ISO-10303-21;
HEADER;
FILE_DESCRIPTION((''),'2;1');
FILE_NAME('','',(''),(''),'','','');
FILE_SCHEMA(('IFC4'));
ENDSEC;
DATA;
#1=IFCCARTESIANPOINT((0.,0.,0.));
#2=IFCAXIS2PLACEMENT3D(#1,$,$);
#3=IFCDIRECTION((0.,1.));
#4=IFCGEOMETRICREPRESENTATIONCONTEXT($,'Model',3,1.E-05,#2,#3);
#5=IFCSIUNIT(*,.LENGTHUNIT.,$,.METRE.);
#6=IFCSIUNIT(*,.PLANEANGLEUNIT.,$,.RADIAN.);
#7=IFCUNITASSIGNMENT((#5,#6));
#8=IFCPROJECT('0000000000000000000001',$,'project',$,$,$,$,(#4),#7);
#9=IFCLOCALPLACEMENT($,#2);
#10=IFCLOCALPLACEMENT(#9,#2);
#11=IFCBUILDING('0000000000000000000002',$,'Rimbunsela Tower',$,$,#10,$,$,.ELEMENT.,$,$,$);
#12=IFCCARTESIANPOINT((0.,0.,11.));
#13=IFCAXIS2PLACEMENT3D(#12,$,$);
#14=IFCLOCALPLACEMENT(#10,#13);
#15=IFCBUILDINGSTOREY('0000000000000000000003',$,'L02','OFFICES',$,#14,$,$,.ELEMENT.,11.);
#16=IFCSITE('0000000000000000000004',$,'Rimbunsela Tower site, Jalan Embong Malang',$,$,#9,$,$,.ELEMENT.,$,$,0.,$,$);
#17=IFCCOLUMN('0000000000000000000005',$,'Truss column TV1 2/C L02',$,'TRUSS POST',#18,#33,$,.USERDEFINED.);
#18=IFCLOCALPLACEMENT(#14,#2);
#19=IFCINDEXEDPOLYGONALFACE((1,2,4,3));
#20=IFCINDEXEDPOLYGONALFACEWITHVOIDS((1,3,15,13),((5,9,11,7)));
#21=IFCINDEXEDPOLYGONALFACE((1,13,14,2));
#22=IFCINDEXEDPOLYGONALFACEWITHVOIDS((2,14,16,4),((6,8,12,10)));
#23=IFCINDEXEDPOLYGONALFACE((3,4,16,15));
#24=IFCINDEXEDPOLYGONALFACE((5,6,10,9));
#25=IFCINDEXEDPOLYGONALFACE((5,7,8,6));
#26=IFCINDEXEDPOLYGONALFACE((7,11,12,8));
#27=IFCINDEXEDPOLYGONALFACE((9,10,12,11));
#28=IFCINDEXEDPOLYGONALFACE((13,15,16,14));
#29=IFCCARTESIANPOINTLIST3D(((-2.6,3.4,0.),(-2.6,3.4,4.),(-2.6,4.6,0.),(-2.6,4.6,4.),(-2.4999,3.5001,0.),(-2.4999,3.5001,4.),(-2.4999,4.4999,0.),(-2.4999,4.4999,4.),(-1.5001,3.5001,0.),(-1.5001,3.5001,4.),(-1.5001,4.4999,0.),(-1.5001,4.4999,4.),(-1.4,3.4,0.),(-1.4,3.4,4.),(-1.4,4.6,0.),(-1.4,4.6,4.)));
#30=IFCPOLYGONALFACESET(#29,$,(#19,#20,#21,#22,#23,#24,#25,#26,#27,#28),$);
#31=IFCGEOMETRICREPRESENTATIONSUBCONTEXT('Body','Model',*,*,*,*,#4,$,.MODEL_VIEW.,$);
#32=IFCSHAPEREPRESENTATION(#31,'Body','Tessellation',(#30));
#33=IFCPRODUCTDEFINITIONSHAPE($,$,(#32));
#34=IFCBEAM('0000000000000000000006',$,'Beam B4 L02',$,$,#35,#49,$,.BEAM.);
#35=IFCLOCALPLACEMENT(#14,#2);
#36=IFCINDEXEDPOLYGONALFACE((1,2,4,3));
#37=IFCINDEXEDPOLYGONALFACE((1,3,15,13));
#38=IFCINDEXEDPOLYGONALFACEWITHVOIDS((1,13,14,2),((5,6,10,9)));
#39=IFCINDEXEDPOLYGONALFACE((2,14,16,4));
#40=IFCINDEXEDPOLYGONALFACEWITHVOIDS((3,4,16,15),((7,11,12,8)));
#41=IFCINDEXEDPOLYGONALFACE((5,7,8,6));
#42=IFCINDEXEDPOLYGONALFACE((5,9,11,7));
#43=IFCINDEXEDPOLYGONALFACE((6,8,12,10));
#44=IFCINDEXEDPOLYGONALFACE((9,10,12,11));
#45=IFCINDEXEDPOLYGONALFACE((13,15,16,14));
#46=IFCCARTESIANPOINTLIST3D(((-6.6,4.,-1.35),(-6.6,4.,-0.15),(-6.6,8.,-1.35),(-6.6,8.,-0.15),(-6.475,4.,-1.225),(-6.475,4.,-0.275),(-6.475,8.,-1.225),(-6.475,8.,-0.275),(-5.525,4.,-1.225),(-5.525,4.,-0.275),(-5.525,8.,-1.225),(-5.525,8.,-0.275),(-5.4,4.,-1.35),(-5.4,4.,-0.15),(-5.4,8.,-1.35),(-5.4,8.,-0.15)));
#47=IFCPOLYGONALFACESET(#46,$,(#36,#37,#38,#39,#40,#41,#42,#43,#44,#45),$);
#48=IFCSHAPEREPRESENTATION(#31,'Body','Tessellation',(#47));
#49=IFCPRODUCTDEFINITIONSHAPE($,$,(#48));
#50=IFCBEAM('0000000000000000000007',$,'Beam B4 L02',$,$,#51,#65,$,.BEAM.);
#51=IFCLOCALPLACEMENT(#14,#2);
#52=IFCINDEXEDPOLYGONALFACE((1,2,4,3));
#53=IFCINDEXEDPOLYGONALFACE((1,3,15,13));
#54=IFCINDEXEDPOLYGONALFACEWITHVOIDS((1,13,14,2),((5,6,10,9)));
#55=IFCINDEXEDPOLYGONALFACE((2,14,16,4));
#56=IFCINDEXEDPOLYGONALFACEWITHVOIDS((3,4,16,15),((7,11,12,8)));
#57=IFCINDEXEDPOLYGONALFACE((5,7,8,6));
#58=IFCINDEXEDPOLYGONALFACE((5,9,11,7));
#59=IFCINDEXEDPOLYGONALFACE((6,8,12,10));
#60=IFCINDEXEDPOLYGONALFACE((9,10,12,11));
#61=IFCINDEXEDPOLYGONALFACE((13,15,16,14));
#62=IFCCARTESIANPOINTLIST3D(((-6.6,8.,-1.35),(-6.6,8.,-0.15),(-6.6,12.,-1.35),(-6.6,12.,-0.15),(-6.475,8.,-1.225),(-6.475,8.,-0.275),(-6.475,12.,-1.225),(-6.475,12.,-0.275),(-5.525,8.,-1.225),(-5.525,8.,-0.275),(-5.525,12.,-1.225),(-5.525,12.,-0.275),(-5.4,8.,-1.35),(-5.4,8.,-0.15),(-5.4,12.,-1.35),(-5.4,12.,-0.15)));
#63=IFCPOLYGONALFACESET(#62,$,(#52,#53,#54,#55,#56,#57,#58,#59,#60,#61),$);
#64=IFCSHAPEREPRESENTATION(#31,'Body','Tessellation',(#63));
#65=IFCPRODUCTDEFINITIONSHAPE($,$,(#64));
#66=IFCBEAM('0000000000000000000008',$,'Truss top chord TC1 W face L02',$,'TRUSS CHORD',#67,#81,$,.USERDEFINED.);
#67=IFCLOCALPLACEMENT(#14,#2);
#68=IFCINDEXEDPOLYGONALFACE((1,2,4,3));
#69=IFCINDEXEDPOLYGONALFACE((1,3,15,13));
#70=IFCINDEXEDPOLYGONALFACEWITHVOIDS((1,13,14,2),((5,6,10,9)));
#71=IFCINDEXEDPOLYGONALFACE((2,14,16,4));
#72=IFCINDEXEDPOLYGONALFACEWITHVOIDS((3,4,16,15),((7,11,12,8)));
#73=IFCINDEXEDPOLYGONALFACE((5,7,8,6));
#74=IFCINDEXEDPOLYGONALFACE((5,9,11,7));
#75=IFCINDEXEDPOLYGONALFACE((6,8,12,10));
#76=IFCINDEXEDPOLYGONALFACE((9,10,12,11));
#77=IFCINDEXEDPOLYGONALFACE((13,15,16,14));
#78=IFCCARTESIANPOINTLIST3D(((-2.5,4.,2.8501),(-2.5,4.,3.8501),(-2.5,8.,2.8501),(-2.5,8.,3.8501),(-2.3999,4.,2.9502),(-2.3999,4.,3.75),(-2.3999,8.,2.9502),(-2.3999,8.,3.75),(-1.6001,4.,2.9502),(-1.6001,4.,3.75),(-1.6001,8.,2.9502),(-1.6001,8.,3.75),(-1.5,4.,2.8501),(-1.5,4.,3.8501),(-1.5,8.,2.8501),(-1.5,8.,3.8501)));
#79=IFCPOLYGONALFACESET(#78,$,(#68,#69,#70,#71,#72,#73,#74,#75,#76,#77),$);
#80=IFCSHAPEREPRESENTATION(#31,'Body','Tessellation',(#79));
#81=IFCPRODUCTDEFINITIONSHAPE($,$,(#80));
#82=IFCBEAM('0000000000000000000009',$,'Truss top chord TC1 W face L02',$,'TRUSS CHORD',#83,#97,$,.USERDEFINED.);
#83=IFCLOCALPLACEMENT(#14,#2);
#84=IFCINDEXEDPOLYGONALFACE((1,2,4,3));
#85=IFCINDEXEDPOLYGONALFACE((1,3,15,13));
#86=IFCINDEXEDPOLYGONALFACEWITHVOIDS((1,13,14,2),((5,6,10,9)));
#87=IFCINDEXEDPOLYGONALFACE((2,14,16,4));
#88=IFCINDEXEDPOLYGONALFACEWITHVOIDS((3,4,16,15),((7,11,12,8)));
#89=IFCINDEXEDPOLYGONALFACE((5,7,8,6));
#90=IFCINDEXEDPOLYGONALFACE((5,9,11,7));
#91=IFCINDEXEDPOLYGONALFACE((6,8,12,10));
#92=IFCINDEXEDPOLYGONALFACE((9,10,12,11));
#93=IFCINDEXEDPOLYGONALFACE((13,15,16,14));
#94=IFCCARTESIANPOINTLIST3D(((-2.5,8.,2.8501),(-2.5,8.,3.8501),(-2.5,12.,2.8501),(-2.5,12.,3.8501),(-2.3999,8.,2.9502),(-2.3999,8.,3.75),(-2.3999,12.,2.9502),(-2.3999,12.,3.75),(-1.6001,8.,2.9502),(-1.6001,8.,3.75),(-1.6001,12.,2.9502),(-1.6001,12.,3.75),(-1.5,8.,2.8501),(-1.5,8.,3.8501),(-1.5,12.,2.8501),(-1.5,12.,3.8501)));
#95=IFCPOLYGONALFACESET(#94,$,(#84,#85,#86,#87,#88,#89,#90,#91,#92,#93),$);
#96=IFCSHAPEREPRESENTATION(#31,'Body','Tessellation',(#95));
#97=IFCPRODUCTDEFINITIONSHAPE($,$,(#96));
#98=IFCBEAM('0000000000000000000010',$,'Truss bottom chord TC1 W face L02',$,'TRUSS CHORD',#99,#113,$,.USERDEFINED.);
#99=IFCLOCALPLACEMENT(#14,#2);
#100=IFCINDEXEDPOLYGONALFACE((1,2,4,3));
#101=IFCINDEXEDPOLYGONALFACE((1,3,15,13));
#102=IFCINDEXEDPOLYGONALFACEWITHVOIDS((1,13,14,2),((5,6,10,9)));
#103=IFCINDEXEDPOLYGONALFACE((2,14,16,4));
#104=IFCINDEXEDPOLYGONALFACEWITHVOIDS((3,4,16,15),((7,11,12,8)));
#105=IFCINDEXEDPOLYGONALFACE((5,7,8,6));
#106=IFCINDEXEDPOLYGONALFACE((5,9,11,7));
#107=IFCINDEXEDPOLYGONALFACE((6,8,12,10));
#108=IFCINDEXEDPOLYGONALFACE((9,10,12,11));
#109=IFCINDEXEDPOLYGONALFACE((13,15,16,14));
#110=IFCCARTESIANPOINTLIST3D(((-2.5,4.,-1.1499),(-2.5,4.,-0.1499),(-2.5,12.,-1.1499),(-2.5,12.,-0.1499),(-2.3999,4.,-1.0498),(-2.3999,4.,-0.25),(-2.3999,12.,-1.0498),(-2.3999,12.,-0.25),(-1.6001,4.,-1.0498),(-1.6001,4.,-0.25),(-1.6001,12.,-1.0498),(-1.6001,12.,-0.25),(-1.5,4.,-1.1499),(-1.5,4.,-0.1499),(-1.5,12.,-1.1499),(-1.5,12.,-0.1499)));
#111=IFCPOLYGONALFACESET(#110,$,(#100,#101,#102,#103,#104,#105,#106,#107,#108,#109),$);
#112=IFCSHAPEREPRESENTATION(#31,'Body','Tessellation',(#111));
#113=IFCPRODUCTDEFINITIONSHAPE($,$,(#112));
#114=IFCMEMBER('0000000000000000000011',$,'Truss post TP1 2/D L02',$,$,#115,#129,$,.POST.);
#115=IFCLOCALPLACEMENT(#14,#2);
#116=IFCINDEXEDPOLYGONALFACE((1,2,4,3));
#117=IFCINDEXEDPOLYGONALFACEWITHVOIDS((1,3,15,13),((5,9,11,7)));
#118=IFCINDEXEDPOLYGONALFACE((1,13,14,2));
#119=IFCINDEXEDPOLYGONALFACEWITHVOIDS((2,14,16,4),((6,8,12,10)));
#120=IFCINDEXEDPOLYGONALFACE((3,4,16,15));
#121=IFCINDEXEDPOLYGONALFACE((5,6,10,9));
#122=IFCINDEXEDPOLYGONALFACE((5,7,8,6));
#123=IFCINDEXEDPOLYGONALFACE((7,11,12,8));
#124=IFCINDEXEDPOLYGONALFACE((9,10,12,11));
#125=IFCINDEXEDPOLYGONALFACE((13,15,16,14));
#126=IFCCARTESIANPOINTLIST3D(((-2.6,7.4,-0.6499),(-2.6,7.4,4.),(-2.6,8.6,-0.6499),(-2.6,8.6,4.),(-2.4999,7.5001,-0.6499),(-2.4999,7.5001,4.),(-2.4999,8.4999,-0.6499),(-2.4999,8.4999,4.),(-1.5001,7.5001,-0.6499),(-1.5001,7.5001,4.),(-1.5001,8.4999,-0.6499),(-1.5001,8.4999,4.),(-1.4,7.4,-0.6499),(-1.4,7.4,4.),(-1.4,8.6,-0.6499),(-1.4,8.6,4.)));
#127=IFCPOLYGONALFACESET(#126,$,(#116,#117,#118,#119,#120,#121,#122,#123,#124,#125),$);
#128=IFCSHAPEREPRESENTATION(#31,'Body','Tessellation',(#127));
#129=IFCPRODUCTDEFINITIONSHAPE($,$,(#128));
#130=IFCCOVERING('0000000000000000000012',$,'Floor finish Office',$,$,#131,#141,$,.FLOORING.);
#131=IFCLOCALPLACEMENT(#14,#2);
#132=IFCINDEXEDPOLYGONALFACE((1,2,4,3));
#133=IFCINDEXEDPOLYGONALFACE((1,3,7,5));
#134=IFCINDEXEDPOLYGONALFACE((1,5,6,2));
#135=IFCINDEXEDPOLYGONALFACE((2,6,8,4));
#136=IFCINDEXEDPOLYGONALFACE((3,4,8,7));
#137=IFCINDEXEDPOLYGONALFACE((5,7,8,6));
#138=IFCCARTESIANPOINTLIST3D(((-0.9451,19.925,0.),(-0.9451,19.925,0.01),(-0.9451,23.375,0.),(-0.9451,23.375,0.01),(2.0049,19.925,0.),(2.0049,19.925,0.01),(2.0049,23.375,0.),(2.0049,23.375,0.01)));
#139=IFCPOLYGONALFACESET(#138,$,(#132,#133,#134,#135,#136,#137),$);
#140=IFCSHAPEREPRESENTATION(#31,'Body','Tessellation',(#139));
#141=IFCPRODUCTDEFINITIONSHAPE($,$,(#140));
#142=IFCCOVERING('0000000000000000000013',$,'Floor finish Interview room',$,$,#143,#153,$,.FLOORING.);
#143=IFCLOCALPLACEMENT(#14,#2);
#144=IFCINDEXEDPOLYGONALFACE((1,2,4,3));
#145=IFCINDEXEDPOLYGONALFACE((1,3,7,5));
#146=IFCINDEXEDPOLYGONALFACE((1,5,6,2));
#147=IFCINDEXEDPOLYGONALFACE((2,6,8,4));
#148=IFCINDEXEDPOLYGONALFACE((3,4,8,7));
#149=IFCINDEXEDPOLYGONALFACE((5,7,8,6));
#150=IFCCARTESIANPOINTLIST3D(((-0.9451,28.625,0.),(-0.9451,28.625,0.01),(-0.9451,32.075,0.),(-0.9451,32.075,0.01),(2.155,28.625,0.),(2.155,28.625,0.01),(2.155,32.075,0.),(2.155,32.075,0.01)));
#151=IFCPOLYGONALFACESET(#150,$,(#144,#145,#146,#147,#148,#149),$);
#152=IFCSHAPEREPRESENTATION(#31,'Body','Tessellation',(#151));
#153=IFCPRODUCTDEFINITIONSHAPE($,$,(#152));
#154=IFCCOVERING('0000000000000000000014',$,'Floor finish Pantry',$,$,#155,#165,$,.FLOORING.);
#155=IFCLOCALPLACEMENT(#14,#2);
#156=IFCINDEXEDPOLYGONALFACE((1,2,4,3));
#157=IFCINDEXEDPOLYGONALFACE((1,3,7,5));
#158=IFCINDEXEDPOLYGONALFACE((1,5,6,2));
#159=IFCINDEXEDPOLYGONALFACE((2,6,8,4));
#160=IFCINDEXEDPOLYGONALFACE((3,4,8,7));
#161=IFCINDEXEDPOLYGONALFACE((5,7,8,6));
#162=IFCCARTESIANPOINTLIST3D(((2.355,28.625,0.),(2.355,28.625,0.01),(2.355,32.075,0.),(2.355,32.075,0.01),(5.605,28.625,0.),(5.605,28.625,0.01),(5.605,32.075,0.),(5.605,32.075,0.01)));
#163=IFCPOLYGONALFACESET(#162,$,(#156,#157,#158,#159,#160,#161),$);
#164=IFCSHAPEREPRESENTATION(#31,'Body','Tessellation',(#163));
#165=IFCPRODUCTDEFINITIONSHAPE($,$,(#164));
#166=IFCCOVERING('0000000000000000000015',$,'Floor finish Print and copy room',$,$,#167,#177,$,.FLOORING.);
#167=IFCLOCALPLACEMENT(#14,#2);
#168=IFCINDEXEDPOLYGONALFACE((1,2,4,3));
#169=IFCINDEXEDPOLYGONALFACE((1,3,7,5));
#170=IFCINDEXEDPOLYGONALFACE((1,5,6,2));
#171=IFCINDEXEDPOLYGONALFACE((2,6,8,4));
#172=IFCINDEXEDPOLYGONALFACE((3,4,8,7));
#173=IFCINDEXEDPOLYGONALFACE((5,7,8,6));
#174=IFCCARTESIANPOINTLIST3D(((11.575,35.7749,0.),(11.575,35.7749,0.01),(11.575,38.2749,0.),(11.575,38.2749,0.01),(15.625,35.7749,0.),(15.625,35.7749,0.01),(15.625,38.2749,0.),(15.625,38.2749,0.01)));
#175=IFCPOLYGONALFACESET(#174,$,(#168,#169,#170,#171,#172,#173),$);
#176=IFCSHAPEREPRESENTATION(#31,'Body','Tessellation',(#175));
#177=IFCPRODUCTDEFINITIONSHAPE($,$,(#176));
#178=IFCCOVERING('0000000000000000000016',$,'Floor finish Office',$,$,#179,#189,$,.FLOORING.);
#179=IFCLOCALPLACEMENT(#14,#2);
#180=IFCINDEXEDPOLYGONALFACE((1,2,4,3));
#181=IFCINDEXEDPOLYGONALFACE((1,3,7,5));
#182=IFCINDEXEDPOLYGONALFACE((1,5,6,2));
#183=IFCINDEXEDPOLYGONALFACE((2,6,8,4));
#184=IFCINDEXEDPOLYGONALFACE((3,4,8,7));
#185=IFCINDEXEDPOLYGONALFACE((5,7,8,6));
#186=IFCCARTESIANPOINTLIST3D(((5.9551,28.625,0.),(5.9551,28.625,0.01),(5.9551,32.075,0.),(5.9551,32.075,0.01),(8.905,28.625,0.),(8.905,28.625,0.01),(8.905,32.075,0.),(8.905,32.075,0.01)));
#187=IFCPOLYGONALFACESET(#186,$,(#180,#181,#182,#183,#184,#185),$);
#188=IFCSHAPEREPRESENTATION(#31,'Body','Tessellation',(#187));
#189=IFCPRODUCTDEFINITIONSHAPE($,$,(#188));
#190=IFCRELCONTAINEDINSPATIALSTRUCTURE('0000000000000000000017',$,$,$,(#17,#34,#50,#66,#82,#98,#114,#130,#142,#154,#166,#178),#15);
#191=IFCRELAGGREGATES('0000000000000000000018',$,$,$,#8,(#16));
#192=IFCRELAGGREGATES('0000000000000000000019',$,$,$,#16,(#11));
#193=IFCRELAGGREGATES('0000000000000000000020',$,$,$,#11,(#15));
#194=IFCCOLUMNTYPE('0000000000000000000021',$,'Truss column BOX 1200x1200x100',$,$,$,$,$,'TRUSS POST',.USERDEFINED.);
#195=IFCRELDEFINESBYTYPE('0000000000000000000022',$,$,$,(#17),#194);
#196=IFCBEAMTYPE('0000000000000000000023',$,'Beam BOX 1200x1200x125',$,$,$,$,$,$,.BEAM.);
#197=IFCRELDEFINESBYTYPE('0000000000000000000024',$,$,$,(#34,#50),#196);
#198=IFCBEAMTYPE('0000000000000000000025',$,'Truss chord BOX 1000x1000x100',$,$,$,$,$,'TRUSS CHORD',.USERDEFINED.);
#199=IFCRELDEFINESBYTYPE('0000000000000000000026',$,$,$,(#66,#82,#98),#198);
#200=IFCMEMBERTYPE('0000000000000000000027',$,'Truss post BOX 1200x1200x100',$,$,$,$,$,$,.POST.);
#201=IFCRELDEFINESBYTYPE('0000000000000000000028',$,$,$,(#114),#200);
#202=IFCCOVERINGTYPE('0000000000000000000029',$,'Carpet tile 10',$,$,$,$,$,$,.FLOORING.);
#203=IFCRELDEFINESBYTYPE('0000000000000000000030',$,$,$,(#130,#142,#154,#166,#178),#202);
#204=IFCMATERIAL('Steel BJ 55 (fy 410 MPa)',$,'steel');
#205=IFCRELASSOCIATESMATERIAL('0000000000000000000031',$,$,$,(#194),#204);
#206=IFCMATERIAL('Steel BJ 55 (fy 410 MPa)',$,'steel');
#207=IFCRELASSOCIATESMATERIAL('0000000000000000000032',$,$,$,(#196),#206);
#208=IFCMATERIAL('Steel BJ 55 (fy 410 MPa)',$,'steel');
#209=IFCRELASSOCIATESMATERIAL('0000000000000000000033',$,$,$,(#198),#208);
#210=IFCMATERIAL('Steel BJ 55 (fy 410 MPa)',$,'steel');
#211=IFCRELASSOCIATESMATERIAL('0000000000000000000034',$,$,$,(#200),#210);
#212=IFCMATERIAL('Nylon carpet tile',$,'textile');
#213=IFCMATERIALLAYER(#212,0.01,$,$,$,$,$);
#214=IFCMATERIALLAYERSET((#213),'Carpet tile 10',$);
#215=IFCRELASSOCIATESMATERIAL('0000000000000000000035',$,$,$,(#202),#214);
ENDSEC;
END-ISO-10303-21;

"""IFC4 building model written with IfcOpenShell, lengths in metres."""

from ifc_helpers import new_model, si_unit, direction, frame, origin, origin_2d, place, context, subcontext, project, spatial, polyline, hollow_rectangle, outline, extrude, material, layer, layer_set, material_profile, profile_set, type_object, element, save


model = new_model("IFC4")

# Units and contexts
model_context = context("Model", 3, precision=1e-05, world=origin(), true_north=direction((0.0, 1.0)))
body_context = subcontext(model_context, "Body", "Model", "MODEL_VIEW")
ifc_project = project(units=[si_unit("LENGTHUNIT", "METRE"), si_unit("PLANEANGLEUNIT", "RADIAN")], contexts=[model_context])

# Site, building, storey
site_placement = place(None, origin())
site = spatial("IfcSite", under=ifc_project, at=site_placement, Name="Rimbunsela Tower site, Jalan Embong Malang", CompositionType="ELEMENT", RefElevation=0.0)
building_placement = place(site_placement, origin())
building = spatial("IfcBuilding", under=site, at=building_placement, Name="Rimbunsela Tower", CompositionType="ELEMENT")
storey_placement = place(building_placement, frame((0.0, 0.0, 11.0)))
storey = spatial("IfcBuildingStorey", under=building, at=storey_placement, Name="L02", Description="OFFICES", CompositionType="ELEMENT", Elevation=11.0)

# Column
ifc_material_1 = material(Name="Steel BJ 55 (fy 410 MPa)", Category="steel")
ifc_material_profile_1 = material_profile(ifc_material_1, hollow_rectangle(XDim=1.2, YDim=1.2, WallThickness=0.1001, at=origin_2d()), Name="BOX 1200x1200x100")
ifc_profile_set_1 = profile_set([ifc_material_profile_1], Name="Steel BJ 55 (fy 410 MPa)")
column_type = type_object("IfcColumnType", Name="Truss column BOX 1200x1200x100", ElementType="TRUSS POST", PredefinedType="USERDEFINED", material=ifc_profile_set_1)
column_placement = place(storey_placement, frame((-2.0, 4.0, 0.0), z_axis=(0.0, 0.0, 1.0), x_axis=(1.0, 0.0, 0.0)))
element("IfcColumn", 1, at=column_placement, inside=storey, type_object=column_type, Name="Truss column TV1 2/C L02", ObjectType="TRUSS POST", PredefinedType="USERDEFINED", context=body_context, shape_type="SweptSolid", body=[
    extrude(hollow_rectangle(XDim=1.2, YDim=1.2, WallThickness=0.1001, at=origin_2d()), origin(), (0.0, 0.0, 1.0), 4.0),
])

# Beams
ifc_material_2 = material(Name="Steel BJ 55 (fy 410 MPa)", Category="steel")
ifc_material_profile_2 = material_profile(ifc_material_2, hollow_rectangle(XDim=1.2, YDim=1.2, WallThickness=0.125, at=origin_2d()), Name="BOX 1200x1200x125")
ifc_profile_set_2 = profile_set([ifc_material_profile_2], Name="Steel BJ 55 (fy 410 MPa)")
beam_type_1 = type_object("IfcBeamType", Name="Beam BOX 1200x1200x125", PredefinedType="BEAM", material=ifc_profile_set_2)
for number, where, z_axis, x_axis, name in (
    (2, (-6.0, 4.0, -0.75), (0.0, 1.0, 0.0), (-1.0, 0.0, 0.0), "Beam B4 L02"),
    (3, (-6.0, 8.0, -0.75), (0.0, 1.0, 0.0), (-1.0, 0.0, 0.0), "Beam B4 L02"),
):
    element("IfcBeam", number, at=place(storey_placement, frame(where, z_axis=z_axis, x_axis=x_axis)), inside=storey, type_object=beam_type_1, Name=name, PredefinedType="BEAM", context=body_context, shape_type="SweptSolid", body=[
        extrude(hollow_rectangle(XDim=1.2, YDim=1.2, WallThickness=0.125, at=origin_2d()), origin(), (0.0, 0.0, 1.0), 4.0),
    ])
ifc_material_3 = material(Name="Steel BJ 55 (fy 410 MPa)", Category="steel")
ifc_material_profile_3 = material_profile(ifc_material_3, hollow_rectangle(XDim=1.0, YDim=1.0, WallThickness=0.1001, at=origin_2d()), Name="BOX 1000x1000x100")
ifc_profile_set_3 = profile_set([ifc_material_profile_3], Name="Steel BJ 55 (fy 410 MPa)")
beam_type_2 = type_object("IfcBeamType", Name="Truss chord BOX 1000x1000x100", ElementType="TRUSS CHORD", PredefinedType="USERDEFINED", material=ifc_profile_set_3)
for number, where, z_axis, x_axis, name in (
    (4, (-2.0, 4.0, 3.3501), (0.0, 1.0, 0.0), (-1.0, 0.0, 0.0), "Truss top chord TC1 W face L02"),
    (5, (-2.0, 8.0, 3.3501), (0.0, 1.0, 0.0), (-1.0, 0.0, 0.0), "Truss top chord TC1 W face L02"),
):
    element("IfcBeam", number, at=place(storey_placement, frame(where, z_axis=z_axis, x_axis=x_axis)), inside=storey, type_object=beam_type_2, Name=name, ObjectType="TRUSS CHORD", PredefinedType="USERDEFINED", context=body_context, shape_type="SweptSolid", body=[
        extrude(hollow_rectangle(XDim=1.0, YDim=1.0, WallThickness=0.1001, at=origin_2d()), origin(), (0.0, 0.0, 1.0), 4.0),
    ])
beam_placement = place(storey_placement, frame((-2.0, 4.0, -0.6499), z_axis=(0.0, 1.0, 0.0), x_axis=(-1.0, 0.0, 0.0)))
element("IfcBeam", 6, at=beam_placement, inside=storey, type_object=beam_type_2, Name="Truss bottom chord TC1 W face L02", ObjectType="TRUSS CHORD", PredefinedType="USERDEFINED", context=body_context, shape_type="SweptSolid", body=[
    extrude(hollow_rectangle(XDim=1.0, YDim=1.0, WallThickness=0.1001, at=origin_2d()), origin(), (0.0, 0.0, 1.0), 8.0),
])

# Member
ifc_material_4 = material(Name="Steel BJ 55 (fy 410 MPa)", Category="steel")
ifc_material_profile_4 = material_profile(ifc_material_4, hollow_rectangle(XDim=1.2, YDim=1.2, WallThickness=0.1001, at=origin_2d()), Name="BOX 1200x1200x100")
ifc_profile_set_4 = profile_set([ifc_material_profile_4], Name="Steel BJ 55 (fy 410 MPa)")
member_type = type_object("IfcMemberType", Name="Truss post BOX 1200x1200x100", PredefinedType="POST", material=ifc_profile_set_4)
member_placement = place(storey_placement, frame((-2.0, 8.0, -0.6499), z_axis=(0.0, 0.0, 1.0), x_axis=(1.0, 0.0, 0.0)))
element("IfcMember", 7, at=member_placement, inside=storey, type_object=member_type, Name="Truss post TP1 2/D L02", PredefinedType="POST", context=body_context, shape_type="SweptSolid", body=[
    extrude(hollow_rectangle(XDim=1.2, YDim=1.2, WallThickness=0.1001, at=origin_2d()), origin(), (0.0, 0.0, 1.0), 4.6499),
])

# Coverings
ifc_material_5 = material(Name="Nylon carpet tile", Category="textile")
ifc_layer_1 = layer(ifc_material_5, 0.01)
ifc_layer_set_1 = layer_set([ifc_layer_1], Name="Carpet tile 10")
covering_type_1 = type_object("IfcCoveringType", Name="Carpet tile 10", PredefinedType="FLOORING", material=ifc_layer_set_1)
covering_1_placement = place(storey_placement, origin())
element("IfcCovering", 8, at=covering_1_placement, inside=storey, type_object=covering_type_1, Name="Floor finish Office", PredefinedType="FLOORING", context=body_context, shape_type="SweptSolid", body=[
    extrude(outline(polyline([(2.0049, 19.925), (2.0049, 23.375), (-0.9451, 23.375), (-0.9451, 19.925), (2.0049, 19.925)])), origin(), (0.0, 0.0, 1.0), 0.01),
])
covering_2_placement = place(storey_placement, origin())
element("IfcCovering", 9, at=covering_2_placement, inside=storey, type_object=covering_type_1, Name="Floor finish Interview room", PredefinedType="FLOORING", context=body_context, shape_type="SweptSolid", body=[
    extrude(outline(polyline([(2.155, 28.625), (2.155, 32.075), (-0.9451, 32.075), (-0.9451, 28.625), (2.155, 28.625)])), origin(), (0.0, 0.0, 1.0), 0.01),
])
covering_3_placement = place(storey_placement, origin())
element("IfcCovering", 10, at=covering_3_placement, inside=storey, type_object=covering_type_1, Name="Floor finish Pantry", PredefinedType="FLOORING", context=body_context, shape_type="SweptSolid", body=[
    extrude(outline(polyline([(5.605, 28.625), (5.605, 32.075), (2.355, 32.075), (2.355, 28.625), (5.605, 28.625)])), origin(), (0.0, 0.0, 1.0), 0.01),
])
covering_4_placement = place(storey_placement, origin())
element("IfcCovering", 11, at=covering_4_placement, inside=storey, type_object=covering_type_1, Name="Floor finish Print and copy room", PredefinedType="FLOORING", context=body_context, shape_type="SweptSolid", body=[
    extrude(outline(polyline([(15.625, 35.7749), (15.625, 38.2749), (11.575, 38.2749), (11.575, 35.7749), (15.625, 35.7749)])), origin(), (0.0, 0.0, 1.0), 0.01),
])
covering_5_placement = place(storey_placement, origin())
element("IfcCovering", 12, at=covering_5_placement, inside=storey, type_object=covering_type_1, Name="Floor finish Office", PredefinedType="FLOORING", context=body_context, shape_type="SweptSolid", body=[
    extrude(outline(polyline([(8.905, 28.625), (8.905, 32.075), (5.9551, 32.075), (5.9551, 28.625), (8.905, 28.625)])), origin(), (0.0, 0.0, 1.0), 0.01),
])

save(model, "model.ifc")
